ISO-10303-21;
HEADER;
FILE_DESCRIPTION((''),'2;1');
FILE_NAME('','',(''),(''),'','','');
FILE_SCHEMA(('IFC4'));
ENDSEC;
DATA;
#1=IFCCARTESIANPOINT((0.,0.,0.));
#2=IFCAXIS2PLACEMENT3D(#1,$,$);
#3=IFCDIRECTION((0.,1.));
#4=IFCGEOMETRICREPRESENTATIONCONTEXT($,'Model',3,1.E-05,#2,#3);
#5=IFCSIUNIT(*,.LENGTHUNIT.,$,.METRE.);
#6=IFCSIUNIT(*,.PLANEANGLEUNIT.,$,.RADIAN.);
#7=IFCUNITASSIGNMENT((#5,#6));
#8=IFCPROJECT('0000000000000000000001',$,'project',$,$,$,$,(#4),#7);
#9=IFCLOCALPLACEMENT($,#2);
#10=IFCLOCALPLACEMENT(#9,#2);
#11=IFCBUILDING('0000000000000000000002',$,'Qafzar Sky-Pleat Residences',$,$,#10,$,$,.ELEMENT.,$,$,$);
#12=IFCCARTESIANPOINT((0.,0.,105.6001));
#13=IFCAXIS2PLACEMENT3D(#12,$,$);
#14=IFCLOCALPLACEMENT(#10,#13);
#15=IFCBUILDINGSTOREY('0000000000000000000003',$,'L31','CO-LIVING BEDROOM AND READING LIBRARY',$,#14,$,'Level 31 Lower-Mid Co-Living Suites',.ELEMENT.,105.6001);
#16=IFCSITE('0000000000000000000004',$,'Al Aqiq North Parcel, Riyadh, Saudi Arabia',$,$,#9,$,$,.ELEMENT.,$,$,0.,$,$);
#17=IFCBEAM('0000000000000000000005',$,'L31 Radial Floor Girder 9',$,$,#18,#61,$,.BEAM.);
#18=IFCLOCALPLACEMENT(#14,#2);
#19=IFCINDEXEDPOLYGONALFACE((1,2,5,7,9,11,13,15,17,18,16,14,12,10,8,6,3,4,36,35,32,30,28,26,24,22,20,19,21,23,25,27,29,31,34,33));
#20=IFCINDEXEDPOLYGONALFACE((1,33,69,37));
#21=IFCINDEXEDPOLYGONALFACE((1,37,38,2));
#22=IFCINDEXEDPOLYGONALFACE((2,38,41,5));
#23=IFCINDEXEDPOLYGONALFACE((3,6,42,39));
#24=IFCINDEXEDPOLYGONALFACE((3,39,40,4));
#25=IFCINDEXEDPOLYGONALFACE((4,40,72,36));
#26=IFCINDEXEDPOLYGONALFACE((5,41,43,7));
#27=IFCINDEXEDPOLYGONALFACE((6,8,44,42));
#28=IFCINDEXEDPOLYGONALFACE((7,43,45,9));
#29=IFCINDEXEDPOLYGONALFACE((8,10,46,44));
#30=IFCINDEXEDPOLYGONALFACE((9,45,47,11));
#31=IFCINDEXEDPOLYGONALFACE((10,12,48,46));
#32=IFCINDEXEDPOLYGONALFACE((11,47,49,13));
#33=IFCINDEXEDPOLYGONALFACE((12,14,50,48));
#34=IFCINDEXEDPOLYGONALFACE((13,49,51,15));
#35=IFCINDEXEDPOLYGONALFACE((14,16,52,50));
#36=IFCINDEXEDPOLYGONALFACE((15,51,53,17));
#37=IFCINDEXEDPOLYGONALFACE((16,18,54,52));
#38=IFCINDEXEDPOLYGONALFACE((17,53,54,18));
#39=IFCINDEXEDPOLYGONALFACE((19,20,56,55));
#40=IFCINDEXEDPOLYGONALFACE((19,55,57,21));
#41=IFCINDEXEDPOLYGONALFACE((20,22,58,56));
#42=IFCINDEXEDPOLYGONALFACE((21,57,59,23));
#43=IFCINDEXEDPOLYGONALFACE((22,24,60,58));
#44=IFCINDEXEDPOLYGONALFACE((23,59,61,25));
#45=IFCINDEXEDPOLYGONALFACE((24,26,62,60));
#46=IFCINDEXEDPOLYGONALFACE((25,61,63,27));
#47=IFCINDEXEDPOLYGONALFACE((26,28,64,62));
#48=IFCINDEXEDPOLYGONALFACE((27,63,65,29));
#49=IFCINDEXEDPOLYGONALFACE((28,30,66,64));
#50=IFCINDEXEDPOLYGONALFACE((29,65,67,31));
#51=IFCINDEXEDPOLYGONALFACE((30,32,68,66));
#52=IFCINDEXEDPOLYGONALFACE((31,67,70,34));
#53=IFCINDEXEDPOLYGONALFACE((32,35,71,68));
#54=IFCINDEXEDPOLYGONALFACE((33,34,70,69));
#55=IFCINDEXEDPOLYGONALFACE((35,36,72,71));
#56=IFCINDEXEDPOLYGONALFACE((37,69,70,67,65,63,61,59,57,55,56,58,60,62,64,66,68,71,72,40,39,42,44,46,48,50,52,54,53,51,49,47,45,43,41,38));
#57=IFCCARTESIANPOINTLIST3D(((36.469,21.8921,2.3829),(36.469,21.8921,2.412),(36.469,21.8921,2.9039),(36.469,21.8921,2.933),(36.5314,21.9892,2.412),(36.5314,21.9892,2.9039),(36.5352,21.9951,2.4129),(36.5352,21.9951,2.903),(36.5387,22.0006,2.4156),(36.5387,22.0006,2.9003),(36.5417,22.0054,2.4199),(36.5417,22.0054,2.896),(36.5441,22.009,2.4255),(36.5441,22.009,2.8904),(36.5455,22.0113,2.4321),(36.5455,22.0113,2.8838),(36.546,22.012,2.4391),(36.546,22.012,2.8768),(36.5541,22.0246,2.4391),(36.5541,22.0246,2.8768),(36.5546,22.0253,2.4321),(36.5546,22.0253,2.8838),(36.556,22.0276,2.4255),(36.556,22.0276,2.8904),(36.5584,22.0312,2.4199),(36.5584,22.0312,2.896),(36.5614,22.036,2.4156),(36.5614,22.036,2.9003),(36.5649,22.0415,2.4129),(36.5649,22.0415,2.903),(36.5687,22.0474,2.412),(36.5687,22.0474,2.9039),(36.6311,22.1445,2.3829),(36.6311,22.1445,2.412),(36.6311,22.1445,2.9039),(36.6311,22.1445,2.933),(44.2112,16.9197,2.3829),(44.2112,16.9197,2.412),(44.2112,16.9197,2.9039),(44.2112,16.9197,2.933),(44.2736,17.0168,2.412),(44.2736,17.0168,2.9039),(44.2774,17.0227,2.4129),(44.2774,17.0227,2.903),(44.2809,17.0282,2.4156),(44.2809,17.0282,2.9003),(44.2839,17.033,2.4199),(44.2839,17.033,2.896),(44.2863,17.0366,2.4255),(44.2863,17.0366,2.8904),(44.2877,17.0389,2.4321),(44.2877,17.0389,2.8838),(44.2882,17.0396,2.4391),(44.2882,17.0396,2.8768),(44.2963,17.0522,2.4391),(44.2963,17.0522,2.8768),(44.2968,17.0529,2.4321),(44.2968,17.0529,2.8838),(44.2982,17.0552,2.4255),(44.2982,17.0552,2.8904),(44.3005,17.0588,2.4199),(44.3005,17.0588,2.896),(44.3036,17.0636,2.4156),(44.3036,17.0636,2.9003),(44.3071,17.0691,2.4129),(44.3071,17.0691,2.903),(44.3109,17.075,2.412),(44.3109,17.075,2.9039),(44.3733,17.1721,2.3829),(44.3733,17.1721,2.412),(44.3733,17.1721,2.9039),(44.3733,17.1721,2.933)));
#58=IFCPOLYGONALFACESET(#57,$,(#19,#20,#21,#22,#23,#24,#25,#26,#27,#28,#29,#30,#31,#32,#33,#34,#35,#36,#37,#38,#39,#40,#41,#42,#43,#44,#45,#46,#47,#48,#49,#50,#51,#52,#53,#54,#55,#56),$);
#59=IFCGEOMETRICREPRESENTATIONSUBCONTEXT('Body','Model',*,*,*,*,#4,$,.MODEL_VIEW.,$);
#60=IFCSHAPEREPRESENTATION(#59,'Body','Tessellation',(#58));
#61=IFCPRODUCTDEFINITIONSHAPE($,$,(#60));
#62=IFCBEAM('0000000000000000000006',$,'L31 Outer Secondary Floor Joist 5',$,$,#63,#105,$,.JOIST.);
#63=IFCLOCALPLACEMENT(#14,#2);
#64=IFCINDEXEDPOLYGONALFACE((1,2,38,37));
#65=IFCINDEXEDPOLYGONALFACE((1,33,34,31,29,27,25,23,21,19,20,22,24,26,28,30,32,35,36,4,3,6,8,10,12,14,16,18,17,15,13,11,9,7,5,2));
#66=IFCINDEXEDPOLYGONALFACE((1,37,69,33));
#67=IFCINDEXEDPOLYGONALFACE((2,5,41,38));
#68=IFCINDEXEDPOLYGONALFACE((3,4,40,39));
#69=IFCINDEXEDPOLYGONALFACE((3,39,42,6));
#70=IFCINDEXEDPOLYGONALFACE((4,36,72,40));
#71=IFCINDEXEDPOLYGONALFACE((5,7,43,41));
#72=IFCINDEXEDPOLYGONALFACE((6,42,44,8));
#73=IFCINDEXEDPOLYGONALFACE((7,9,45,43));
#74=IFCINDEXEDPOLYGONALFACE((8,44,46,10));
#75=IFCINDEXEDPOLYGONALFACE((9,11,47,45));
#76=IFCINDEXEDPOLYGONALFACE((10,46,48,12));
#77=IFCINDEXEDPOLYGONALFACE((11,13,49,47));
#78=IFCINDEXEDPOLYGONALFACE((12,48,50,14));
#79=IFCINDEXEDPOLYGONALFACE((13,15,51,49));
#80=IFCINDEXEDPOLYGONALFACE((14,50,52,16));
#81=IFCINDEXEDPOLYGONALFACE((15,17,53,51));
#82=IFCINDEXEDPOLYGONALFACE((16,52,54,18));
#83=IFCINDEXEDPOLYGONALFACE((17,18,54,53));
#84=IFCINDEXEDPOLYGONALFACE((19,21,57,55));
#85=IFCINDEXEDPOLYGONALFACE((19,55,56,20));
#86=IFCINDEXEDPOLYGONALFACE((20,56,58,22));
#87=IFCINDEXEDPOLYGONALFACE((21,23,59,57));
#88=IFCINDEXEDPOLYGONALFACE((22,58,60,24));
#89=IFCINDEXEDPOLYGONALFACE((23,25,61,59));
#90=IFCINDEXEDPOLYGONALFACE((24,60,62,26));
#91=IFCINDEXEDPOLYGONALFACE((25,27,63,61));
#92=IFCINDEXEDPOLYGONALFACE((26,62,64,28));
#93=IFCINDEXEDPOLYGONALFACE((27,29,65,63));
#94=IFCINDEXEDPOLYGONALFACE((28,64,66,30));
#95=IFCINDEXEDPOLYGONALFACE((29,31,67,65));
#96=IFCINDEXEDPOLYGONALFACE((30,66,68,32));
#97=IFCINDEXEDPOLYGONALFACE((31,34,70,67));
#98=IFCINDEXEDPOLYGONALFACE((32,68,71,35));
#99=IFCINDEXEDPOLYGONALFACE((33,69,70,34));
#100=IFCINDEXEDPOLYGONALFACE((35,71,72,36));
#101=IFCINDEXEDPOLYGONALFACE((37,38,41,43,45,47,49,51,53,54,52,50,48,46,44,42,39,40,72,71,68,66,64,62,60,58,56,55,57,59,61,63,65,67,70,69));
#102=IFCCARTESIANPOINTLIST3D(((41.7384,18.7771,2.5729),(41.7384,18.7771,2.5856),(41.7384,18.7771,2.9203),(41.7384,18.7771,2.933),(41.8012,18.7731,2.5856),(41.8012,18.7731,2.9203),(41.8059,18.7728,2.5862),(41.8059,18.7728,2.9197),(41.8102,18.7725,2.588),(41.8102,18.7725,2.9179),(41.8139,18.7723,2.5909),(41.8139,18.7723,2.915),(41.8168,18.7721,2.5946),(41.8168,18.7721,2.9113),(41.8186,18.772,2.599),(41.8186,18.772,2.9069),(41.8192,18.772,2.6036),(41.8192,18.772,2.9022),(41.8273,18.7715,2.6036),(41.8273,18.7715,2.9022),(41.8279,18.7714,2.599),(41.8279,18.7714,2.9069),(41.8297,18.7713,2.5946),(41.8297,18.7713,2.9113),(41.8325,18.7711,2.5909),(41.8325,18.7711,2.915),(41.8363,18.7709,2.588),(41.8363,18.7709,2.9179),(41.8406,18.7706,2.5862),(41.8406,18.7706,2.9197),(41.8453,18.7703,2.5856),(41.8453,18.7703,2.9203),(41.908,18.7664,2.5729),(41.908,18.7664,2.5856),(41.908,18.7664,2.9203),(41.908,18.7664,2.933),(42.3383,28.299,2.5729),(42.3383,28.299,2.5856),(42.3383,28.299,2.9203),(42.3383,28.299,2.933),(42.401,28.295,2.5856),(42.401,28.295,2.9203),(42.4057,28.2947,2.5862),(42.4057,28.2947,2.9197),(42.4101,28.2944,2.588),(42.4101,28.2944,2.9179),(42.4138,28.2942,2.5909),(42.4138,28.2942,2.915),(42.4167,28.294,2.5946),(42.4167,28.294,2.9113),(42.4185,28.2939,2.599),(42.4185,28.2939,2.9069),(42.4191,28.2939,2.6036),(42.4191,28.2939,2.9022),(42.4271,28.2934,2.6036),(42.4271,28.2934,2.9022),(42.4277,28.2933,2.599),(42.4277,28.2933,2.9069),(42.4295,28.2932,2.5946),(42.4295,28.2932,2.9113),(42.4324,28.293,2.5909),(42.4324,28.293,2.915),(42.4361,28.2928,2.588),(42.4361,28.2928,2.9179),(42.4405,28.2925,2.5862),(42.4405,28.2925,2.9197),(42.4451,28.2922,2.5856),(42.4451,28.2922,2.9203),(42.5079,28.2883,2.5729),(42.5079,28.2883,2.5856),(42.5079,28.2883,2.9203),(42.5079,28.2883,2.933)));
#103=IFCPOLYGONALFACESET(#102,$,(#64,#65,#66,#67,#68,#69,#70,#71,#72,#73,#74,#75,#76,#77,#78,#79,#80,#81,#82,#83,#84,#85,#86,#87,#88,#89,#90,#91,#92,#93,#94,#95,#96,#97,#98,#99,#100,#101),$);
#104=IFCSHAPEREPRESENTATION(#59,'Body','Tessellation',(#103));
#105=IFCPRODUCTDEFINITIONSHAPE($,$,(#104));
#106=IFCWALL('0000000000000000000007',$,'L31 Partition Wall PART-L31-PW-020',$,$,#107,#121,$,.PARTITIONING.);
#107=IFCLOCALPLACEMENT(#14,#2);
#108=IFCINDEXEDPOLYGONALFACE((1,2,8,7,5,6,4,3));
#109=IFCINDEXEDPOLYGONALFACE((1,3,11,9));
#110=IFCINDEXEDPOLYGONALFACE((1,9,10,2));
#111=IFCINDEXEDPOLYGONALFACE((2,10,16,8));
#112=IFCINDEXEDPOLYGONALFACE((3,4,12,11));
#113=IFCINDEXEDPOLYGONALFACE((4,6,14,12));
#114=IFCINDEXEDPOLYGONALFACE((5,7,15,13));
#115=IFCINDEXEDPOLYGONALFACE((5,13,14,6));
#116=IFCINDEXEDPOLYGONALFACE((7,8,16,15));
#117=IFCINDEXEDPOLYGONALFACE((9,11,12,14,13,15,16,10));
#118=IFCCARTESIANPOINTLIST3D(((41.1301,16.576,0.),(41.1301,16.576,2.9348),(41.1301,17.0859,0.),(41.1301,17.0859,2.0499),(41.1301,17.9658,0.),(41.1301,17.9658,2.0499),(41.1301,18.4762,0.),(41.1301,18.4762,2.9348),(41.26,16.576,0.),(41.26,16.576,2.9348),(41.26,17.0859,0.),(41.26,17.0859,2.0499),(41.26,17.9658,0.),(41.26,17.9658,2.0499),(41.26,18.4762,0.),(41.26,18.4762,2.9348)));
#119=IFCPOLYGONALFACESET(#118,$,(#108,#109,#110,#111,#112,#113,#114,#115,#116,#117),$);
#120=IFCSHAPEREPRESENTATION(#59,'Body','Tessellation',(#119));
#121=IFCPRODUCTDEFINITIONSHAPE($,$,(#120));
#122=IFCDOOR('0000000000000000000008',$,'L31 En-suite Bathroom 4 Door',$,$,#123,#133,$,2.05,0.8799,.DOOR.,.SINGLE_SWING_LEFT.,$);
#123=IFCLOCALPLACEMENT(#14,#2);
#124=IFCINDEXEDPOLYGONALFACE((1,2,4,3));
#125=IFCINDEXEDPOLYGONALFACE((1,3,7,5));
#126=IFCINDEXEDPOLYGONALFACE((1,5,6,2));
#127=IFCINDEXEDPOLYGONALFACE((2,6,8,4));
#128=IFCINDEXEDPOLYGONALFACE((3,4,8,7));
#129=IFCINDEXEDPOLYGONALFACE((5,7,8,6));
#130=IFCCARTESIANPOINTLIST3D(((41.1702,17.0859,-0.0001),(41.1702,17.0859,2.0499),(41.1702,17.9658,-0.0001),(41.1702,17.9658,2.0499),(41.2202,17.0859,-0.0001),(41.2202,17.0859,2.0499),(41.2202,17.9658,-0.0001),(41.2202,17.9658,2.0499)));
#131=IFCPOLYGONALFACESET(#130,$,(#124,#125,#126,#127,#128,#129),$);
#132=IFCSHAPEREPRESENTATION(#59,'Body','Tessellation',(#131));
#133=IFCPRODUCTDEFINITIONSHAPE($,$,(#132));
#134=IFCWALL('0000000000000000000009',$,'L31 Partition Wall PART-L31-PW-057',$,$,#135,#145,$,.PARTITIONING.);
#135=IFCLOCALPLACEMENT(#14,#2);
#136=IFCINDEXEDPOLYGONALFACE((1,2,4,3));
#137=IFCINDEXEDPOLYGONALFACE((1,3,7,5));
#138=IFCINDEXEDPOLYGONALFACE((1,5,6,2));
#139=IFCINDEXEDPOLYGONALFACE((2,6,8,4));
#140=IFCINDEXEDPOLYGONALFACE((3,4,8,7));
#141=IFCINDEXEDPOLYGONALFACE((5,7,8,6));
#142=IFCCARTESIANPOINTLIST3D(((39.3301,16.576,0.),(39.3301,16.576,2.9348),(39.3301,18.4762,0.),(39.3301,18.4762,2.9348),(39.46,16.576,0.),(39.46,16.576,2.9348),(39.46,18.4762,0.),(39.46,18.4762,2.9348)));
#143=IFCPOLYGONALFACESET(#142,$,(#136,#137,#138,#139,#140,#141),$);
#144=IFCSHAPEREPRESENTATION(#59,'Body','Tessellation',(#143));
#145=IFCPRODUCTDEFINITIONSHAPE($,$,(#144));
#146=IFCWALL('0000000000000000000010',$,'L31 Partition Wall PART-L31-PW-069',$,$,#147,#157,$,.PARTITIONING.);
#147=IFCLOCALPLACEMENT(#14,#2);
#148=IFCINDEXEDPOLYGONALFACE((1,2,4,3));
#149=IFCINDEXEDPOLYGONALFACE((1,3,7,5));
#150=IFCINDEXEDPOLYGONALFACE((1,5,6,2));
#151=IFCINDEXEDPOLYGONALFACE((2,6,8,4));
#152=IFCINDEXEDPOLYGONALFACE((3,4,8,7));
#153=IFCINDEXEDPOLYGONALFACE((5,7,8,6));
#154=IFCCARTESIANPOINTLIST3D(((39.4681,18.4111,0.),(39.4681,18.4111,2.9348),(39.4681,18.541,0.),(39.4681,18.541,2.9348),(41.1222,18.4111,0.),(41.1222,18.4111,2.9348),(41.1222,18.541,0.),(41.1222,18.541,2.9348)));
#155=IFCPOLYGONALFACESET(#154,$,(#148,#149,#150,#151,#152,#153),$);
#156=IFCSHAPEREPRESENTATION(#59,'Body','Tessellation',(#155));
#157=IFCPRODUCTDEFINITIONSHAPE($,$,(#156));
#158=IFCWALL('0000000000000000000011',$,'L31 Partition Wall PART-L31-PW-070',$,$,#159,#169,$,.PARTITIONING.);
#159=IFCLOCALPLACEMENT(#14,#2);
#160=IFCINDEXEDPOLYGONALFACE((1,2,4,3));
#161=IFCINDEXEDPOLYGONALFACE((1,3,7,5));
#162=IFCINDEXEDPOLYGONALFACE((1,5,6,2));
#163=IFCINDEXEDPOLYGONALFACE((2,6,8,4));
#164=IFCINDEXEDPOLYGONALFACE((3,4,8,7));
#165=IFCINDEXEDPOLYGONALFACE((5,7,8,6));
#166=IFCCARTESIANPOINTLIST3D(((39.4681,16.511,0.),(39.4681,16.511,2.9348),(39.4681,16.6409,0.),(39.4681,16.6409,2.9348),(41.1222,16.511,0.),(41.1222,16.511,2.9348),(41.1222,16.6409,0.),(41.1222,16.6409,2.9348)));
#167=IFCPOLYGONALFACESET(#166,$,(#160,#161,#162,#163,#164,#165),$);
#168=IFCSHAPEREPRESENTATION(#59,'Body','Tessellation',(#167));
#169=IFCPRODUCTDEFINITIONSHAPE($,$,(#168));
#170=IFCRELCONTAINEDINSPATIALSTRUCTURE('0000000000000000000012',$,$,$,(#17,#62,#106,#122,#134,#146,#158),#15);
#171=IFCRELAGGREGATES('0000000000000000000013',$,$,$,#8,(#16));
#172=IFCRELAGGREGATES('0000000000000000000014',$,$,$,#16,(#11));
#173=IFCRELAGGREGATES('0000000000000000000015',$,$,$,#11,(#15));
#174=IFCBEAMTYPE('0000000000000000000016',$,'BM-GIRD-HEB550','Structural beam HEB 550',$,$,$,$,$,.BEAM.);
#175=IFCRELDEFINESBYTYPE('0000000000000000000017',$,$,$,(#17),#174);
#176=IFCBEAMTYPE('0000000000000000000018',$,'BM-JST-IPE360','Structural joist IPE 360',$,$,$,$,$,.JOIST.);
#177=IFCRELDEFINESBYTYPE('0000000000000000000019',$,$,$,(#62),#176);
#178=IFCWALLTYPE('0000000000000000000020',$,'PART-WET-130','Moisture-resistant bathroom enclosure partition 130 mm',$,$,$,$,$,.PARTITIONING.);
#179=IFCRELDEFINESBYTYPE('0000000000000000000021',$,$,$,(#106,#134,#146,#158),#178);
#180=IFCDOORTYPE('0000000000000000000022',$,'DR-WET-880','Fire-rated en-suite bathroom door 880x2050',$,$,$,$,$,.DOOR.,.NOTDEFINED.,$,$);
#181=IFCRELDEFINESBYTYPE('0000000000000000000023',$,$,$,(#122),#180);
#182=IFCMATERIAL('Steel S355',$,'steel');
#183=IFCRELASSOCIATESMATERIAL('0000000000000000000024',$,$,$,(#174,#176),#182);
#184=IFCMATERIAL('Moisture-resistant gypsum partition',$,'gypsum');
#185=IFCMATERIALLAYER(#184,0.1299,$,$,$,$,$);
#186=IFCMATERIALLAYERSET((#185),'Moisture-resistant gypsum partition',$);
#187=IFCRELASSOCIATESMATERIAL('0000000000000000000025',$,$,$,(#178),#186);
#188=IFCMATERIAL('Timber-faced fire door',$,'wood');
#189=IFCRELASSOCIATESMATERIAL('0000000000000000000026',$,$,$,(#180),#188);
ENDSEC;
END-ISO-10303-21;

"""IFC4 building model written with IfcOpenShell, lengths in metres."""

from ifc_helpers import new_model, si_unit, direction, frame, frame_2d, origin, origin_2d, place, context, subcontext, project, spatial, rectangle, i_section, extrude, source, transform, mapped, material, layer, layer_set, material_profile, profile_set, type_object, element, fill, save


model = new_model("IFC4")

# Units and contexts
model_context = context("Model", 3, precision=1e-05, world=origin(), true_north=direction((0.0, 1.0)))
body_context = subcontext(model_context, "Body", "Model", "MODEL_VIEW")
ifc_project = project(units=[si_unit("LENGTHUNIT", "METRE"), si_unit("PLANEANGLEUNIT", "RADIAN")], contexts=[model_context])

# Site, building, storey
site_placement = place(None, origin())
site = spatial("IfcSite", under=ifc_project, at=site_placement, Name="Al Aqiq North Parcel, Riyadh, Saudi Arabia", CompositionType="ELEMENT", RefElevation=0.0)
building_placement = place(site_placement, origin())
building = spatial("IfcBuilding", under=site, at=building_placement, Name="Qafzar Sky-Pleat Residences", CompositionType="ELEMENT")
storey_placement = place(building_placement, frame((0.0, 0.0, 105.6001)))
storey = spatial("IfcBuildingStorey", under=building, at=storey_placement, Name="L31", Description="CO-LIVING BEDROOM AND READING LIBRARY", LongName="Level 31 Lower-Mid Co-Living Suites", CompositionType="ELEMENT", Elevation=105.6001)

# Beams
ifc_material_1 = material(Name="Steel S355", Category="steel")
ifc_material_profile_1 = material_profile(ifc_material_1, i_section(OverallWidth=0.3, OverallDepth=0.55, WebThickness=0.0149, FlangeThickness=0.0291, FilletRadius=0.0271, at=origin_2d()), Name="HEB 550")
ifc_profile_set_1 = profile_set([ifc_material_profile_1], Name="Steel S355")
beam_type_1 = type_object("IfcBeamType", Name="BM-GIRD-HEB550", Description="Structural beam HEB 550", PredefinedType="BEAM", material=ifc_profile_set_1)
shared_shape_1 = source(origin(), body_context, "Body", "SweptSolid", [
    extrude(i_section(OverallWidth=0.3, OverallDepth=0.55, WebThickness=0.0149, FlangeThickness=0.0291, FilletRadius=0.0271, at=origin_2d()), origin(), (0.0, 0.0, 1.0), 9.2014),
])
beam_1_placement = place(storey_placement, frame((44.2922, 17.0459, 2.658), z_axis=(-0.841411, 0.540395, 0.0), x_axis=(-0.540395, -0.841411, 0.0)))
element("IfcBeam", 1, at=beam_1_placement, inside=storey, type_object=beam_type_1, Name="L31 Radial Floor Girder 9", PredefinedType="BEAM", context=body_context, shape_type="MappedRepresentation", body=[
    mapped(shared_shape_1, transform((0.0, 0.0, 0.0), x_axis=(1.0, 0.0, 0.0), y_axis=(0.0, 1.0, 0.0), z_axis=(0.0, 0.0, 1.0), scale=1.0)),
])
ifc_material_profile_2 = material_profile(ifc_material_1, i_section(OverallWidth=0.1699, OverallDepth=0.3601, WebThickness=0.0081, FlangeThickness=0.0127, FilletRadius=0.0181, at=origin_2d()), Name="IPE 360")
ifc_profile_set_2 = profile_set([ifc_material_profile_2], Name="Steel S355")
beam_type_2 = type_object("IfcBeamType", Name="BM-JST-IPE360", Description="Structural joist IPE 360", PredefinedType="JOIST", material=ifc_profile_set_2)
shared_shape_2 = source(origin(), body_context, "Body", "SweptSolid", [
    extrude(i_section(OverallWidth=0.1699, OverallDepth=0.3601, WebThickness=0.0081, FlangeThickness=0.0127, FilletRadius=0.0181, at=origin_2d()), origin(), (0.0, 0.0, 1.0), 9.5408),
])
beam_2_placement = place(storey_placement, frame((41.8232, 18.7717, 2.7529), z_axis=(0.062872, 0.998022, 0.0), x_axis=(-0.998022, 0.062872, 0.0)))
element("IfcBeam", 2, at=beam_2_placement, inside=storey, type_object=beam_type_2, Name="L31 Outer Secondary Floor Joist 5", PredefinedType="JOIST", context=body_context, shape_type="MappedRepresentation", body=[
    mapped(shared_shape_2, transform((0.0, 0.0, 0.0), x_axis=(1.0, 0.0, 0.0), y_axis=(0.0, 1.0, 0.0), z_axis=(0.0, 0.0, 1.0), scale=1.0)),
])

# Wall, opening, door
ifc_material_2 = material(Name="Moisture-resistant gypsum partition", Category="gypsum")
ifc_layer_1 = layer(ifc_material_2, 0.1299)
ifc_layer_set_1 = layer_set([ifc_layer_1], Name="Moisture-resistant gypsum partition")
wall_type_1 = type_object("IfcWallType", Name="PART-WET-130", Description="Moisture-resistant bathroom enclosure partition 130 mm", PredefinedType="PARTITIONING", material=ifc_layer_set_1)
wall_1_placement = place(storey_placement, frame((41.1951, 16.5759, 0.0), z_axis=(0.0, 0.0, 1.0), x_axis=(0.0, 1.0, 0.0)))
wall_1 = element("IfcWall", 3, at=wall_1_placement, inside=storey, type_object=wall_type_1, Name="L31 Partition Wall PART-L31-PW-020", PredefinedType="PARTITIONING", context=body_context, shape_type="SweptSolid", body=[
    extrude(rectangle(XDim=1.9001, YDim=0.1299, at=frame_2d((0.9502, 0.0))), origin(), (0.0, 0.0, 1.0), 2.9348),
])
opening_1_placement = place(wall_1_placement, frame((0.51, 0.0, 0.0)))
opening_1 = element("IfcOpeningElement", 4, at=opening_1_placement, cuts=wall_1, PredefinedType="OPENING", context=body_context, shape_type="SweptSolid", body=[
    extrude(rectangle(XDim=0.8799, YDim=2.05, at=frame_2d((0.4399, 1.0249))), frame((0.0, 0.075, 0.0), z_axis=(0.0, -1.0, 0.0), x_axis=(1.0, 0.0, 0.0)), (0.0, 0.0, 1.0), 0.1499),
])
ifc_material_3 = material(Name="Timber-faced fire door", Category="wood")
door_type = type_object("IfcDoorType", Name="DR-WET-880", Description="Fire-rated en-suite bathroom door 880x2050", OperationType="NOTDEFINED", PredefinedType="DOOR", material=ifc_material_3)
shared_shape_3 = source(origin(), body_context, "Body", "SweptSolid", [
    extrude(rectangle(XDim=0.8799, YDim=2.05, at=frame_2d((0.4399, 1.0249))), frame((0.0, 0.0249, 0.0), z_axis=(0.0, -1.0, 0.0), x_axis=(1.0, 0.0, 0.0)), (0.0, 0.0, 1.0), 0.05),
])
door_placement = place(opening_1_placement, origin())
door = element("IfcDoor", 5, at=door_placement, inside=storey, type_object=door_type, Name="L31 En-suite Bathroom 4 Door", OperationType="SINGLE_SWING_LEFT", OverallHeight=2.05, OverallWidth=0.8799, PredefinedType="DOOR", context=body_context, shape_type="MappedRepresentation", body=[
    mapped(shared_shape_3, transform((0.0, 0.0, 0.0), x_axis=(1.0, 0.0, 0.0), y_axis=(0.0, 1.0, 0.0), z_axis=(0.0, 0.0, 1.0), scale=1.0)),
])
fill(opening_1, door)

# Walls
wall_2_placement = place(storey_placement, frame((39.395, 16.5759, 0.0), z_axis=(0.0, 0.0, 1.0), x_axis=(0.0, 1.0, 0.0)))
element("IfcWall", 6, at=wall_2_placement, inside=storey, type_object=wall_type_1, Name="L31 Partition Wall PART-L31-PW-057", PredefinedType="PARTITIONING", context=body_context, shape_type="SweptSolid", body=[
    extrude(rectangle(XDim=1.9001, YDim=0.1299, at=frame_2d((0.9502, 0.0))), origin(), (0.0, 0.0, 1.0), 2.9348),
])
for number, where, z_axis, x_axis, name in (
    (7, (39.468, 18.4761, 0.0), (0.0, 0.0, 1.0), (1.0, 0.0, 0.0), "L31 Partition Wall PART-L31-PW-069"),
    (8, (39.468, 16.5759, 0.0), (0.0, 0.0, 1.0), (1.0, 0.0, 0.0), "L31 Partition Wall PART-L31-PW-070"),
):
    element("IfcWall", number, at=place(storey_placement, frame(where, z_axis=z_axis, x_axis=x_axis)), inside=storey, type_object=wall_type_1, Name=name, PredefinedType="PARTITIONING", context=body_context, shape_type="SweptSolid", body=[
        extrude(rectangle(XDim=1.6541, YDim=0.1299, at=frame_2d((0.8271, 0.0))), origin(), (0.0, 0.0, 1.0), 2.9348),
    ])

save(model, "model.ifc")
